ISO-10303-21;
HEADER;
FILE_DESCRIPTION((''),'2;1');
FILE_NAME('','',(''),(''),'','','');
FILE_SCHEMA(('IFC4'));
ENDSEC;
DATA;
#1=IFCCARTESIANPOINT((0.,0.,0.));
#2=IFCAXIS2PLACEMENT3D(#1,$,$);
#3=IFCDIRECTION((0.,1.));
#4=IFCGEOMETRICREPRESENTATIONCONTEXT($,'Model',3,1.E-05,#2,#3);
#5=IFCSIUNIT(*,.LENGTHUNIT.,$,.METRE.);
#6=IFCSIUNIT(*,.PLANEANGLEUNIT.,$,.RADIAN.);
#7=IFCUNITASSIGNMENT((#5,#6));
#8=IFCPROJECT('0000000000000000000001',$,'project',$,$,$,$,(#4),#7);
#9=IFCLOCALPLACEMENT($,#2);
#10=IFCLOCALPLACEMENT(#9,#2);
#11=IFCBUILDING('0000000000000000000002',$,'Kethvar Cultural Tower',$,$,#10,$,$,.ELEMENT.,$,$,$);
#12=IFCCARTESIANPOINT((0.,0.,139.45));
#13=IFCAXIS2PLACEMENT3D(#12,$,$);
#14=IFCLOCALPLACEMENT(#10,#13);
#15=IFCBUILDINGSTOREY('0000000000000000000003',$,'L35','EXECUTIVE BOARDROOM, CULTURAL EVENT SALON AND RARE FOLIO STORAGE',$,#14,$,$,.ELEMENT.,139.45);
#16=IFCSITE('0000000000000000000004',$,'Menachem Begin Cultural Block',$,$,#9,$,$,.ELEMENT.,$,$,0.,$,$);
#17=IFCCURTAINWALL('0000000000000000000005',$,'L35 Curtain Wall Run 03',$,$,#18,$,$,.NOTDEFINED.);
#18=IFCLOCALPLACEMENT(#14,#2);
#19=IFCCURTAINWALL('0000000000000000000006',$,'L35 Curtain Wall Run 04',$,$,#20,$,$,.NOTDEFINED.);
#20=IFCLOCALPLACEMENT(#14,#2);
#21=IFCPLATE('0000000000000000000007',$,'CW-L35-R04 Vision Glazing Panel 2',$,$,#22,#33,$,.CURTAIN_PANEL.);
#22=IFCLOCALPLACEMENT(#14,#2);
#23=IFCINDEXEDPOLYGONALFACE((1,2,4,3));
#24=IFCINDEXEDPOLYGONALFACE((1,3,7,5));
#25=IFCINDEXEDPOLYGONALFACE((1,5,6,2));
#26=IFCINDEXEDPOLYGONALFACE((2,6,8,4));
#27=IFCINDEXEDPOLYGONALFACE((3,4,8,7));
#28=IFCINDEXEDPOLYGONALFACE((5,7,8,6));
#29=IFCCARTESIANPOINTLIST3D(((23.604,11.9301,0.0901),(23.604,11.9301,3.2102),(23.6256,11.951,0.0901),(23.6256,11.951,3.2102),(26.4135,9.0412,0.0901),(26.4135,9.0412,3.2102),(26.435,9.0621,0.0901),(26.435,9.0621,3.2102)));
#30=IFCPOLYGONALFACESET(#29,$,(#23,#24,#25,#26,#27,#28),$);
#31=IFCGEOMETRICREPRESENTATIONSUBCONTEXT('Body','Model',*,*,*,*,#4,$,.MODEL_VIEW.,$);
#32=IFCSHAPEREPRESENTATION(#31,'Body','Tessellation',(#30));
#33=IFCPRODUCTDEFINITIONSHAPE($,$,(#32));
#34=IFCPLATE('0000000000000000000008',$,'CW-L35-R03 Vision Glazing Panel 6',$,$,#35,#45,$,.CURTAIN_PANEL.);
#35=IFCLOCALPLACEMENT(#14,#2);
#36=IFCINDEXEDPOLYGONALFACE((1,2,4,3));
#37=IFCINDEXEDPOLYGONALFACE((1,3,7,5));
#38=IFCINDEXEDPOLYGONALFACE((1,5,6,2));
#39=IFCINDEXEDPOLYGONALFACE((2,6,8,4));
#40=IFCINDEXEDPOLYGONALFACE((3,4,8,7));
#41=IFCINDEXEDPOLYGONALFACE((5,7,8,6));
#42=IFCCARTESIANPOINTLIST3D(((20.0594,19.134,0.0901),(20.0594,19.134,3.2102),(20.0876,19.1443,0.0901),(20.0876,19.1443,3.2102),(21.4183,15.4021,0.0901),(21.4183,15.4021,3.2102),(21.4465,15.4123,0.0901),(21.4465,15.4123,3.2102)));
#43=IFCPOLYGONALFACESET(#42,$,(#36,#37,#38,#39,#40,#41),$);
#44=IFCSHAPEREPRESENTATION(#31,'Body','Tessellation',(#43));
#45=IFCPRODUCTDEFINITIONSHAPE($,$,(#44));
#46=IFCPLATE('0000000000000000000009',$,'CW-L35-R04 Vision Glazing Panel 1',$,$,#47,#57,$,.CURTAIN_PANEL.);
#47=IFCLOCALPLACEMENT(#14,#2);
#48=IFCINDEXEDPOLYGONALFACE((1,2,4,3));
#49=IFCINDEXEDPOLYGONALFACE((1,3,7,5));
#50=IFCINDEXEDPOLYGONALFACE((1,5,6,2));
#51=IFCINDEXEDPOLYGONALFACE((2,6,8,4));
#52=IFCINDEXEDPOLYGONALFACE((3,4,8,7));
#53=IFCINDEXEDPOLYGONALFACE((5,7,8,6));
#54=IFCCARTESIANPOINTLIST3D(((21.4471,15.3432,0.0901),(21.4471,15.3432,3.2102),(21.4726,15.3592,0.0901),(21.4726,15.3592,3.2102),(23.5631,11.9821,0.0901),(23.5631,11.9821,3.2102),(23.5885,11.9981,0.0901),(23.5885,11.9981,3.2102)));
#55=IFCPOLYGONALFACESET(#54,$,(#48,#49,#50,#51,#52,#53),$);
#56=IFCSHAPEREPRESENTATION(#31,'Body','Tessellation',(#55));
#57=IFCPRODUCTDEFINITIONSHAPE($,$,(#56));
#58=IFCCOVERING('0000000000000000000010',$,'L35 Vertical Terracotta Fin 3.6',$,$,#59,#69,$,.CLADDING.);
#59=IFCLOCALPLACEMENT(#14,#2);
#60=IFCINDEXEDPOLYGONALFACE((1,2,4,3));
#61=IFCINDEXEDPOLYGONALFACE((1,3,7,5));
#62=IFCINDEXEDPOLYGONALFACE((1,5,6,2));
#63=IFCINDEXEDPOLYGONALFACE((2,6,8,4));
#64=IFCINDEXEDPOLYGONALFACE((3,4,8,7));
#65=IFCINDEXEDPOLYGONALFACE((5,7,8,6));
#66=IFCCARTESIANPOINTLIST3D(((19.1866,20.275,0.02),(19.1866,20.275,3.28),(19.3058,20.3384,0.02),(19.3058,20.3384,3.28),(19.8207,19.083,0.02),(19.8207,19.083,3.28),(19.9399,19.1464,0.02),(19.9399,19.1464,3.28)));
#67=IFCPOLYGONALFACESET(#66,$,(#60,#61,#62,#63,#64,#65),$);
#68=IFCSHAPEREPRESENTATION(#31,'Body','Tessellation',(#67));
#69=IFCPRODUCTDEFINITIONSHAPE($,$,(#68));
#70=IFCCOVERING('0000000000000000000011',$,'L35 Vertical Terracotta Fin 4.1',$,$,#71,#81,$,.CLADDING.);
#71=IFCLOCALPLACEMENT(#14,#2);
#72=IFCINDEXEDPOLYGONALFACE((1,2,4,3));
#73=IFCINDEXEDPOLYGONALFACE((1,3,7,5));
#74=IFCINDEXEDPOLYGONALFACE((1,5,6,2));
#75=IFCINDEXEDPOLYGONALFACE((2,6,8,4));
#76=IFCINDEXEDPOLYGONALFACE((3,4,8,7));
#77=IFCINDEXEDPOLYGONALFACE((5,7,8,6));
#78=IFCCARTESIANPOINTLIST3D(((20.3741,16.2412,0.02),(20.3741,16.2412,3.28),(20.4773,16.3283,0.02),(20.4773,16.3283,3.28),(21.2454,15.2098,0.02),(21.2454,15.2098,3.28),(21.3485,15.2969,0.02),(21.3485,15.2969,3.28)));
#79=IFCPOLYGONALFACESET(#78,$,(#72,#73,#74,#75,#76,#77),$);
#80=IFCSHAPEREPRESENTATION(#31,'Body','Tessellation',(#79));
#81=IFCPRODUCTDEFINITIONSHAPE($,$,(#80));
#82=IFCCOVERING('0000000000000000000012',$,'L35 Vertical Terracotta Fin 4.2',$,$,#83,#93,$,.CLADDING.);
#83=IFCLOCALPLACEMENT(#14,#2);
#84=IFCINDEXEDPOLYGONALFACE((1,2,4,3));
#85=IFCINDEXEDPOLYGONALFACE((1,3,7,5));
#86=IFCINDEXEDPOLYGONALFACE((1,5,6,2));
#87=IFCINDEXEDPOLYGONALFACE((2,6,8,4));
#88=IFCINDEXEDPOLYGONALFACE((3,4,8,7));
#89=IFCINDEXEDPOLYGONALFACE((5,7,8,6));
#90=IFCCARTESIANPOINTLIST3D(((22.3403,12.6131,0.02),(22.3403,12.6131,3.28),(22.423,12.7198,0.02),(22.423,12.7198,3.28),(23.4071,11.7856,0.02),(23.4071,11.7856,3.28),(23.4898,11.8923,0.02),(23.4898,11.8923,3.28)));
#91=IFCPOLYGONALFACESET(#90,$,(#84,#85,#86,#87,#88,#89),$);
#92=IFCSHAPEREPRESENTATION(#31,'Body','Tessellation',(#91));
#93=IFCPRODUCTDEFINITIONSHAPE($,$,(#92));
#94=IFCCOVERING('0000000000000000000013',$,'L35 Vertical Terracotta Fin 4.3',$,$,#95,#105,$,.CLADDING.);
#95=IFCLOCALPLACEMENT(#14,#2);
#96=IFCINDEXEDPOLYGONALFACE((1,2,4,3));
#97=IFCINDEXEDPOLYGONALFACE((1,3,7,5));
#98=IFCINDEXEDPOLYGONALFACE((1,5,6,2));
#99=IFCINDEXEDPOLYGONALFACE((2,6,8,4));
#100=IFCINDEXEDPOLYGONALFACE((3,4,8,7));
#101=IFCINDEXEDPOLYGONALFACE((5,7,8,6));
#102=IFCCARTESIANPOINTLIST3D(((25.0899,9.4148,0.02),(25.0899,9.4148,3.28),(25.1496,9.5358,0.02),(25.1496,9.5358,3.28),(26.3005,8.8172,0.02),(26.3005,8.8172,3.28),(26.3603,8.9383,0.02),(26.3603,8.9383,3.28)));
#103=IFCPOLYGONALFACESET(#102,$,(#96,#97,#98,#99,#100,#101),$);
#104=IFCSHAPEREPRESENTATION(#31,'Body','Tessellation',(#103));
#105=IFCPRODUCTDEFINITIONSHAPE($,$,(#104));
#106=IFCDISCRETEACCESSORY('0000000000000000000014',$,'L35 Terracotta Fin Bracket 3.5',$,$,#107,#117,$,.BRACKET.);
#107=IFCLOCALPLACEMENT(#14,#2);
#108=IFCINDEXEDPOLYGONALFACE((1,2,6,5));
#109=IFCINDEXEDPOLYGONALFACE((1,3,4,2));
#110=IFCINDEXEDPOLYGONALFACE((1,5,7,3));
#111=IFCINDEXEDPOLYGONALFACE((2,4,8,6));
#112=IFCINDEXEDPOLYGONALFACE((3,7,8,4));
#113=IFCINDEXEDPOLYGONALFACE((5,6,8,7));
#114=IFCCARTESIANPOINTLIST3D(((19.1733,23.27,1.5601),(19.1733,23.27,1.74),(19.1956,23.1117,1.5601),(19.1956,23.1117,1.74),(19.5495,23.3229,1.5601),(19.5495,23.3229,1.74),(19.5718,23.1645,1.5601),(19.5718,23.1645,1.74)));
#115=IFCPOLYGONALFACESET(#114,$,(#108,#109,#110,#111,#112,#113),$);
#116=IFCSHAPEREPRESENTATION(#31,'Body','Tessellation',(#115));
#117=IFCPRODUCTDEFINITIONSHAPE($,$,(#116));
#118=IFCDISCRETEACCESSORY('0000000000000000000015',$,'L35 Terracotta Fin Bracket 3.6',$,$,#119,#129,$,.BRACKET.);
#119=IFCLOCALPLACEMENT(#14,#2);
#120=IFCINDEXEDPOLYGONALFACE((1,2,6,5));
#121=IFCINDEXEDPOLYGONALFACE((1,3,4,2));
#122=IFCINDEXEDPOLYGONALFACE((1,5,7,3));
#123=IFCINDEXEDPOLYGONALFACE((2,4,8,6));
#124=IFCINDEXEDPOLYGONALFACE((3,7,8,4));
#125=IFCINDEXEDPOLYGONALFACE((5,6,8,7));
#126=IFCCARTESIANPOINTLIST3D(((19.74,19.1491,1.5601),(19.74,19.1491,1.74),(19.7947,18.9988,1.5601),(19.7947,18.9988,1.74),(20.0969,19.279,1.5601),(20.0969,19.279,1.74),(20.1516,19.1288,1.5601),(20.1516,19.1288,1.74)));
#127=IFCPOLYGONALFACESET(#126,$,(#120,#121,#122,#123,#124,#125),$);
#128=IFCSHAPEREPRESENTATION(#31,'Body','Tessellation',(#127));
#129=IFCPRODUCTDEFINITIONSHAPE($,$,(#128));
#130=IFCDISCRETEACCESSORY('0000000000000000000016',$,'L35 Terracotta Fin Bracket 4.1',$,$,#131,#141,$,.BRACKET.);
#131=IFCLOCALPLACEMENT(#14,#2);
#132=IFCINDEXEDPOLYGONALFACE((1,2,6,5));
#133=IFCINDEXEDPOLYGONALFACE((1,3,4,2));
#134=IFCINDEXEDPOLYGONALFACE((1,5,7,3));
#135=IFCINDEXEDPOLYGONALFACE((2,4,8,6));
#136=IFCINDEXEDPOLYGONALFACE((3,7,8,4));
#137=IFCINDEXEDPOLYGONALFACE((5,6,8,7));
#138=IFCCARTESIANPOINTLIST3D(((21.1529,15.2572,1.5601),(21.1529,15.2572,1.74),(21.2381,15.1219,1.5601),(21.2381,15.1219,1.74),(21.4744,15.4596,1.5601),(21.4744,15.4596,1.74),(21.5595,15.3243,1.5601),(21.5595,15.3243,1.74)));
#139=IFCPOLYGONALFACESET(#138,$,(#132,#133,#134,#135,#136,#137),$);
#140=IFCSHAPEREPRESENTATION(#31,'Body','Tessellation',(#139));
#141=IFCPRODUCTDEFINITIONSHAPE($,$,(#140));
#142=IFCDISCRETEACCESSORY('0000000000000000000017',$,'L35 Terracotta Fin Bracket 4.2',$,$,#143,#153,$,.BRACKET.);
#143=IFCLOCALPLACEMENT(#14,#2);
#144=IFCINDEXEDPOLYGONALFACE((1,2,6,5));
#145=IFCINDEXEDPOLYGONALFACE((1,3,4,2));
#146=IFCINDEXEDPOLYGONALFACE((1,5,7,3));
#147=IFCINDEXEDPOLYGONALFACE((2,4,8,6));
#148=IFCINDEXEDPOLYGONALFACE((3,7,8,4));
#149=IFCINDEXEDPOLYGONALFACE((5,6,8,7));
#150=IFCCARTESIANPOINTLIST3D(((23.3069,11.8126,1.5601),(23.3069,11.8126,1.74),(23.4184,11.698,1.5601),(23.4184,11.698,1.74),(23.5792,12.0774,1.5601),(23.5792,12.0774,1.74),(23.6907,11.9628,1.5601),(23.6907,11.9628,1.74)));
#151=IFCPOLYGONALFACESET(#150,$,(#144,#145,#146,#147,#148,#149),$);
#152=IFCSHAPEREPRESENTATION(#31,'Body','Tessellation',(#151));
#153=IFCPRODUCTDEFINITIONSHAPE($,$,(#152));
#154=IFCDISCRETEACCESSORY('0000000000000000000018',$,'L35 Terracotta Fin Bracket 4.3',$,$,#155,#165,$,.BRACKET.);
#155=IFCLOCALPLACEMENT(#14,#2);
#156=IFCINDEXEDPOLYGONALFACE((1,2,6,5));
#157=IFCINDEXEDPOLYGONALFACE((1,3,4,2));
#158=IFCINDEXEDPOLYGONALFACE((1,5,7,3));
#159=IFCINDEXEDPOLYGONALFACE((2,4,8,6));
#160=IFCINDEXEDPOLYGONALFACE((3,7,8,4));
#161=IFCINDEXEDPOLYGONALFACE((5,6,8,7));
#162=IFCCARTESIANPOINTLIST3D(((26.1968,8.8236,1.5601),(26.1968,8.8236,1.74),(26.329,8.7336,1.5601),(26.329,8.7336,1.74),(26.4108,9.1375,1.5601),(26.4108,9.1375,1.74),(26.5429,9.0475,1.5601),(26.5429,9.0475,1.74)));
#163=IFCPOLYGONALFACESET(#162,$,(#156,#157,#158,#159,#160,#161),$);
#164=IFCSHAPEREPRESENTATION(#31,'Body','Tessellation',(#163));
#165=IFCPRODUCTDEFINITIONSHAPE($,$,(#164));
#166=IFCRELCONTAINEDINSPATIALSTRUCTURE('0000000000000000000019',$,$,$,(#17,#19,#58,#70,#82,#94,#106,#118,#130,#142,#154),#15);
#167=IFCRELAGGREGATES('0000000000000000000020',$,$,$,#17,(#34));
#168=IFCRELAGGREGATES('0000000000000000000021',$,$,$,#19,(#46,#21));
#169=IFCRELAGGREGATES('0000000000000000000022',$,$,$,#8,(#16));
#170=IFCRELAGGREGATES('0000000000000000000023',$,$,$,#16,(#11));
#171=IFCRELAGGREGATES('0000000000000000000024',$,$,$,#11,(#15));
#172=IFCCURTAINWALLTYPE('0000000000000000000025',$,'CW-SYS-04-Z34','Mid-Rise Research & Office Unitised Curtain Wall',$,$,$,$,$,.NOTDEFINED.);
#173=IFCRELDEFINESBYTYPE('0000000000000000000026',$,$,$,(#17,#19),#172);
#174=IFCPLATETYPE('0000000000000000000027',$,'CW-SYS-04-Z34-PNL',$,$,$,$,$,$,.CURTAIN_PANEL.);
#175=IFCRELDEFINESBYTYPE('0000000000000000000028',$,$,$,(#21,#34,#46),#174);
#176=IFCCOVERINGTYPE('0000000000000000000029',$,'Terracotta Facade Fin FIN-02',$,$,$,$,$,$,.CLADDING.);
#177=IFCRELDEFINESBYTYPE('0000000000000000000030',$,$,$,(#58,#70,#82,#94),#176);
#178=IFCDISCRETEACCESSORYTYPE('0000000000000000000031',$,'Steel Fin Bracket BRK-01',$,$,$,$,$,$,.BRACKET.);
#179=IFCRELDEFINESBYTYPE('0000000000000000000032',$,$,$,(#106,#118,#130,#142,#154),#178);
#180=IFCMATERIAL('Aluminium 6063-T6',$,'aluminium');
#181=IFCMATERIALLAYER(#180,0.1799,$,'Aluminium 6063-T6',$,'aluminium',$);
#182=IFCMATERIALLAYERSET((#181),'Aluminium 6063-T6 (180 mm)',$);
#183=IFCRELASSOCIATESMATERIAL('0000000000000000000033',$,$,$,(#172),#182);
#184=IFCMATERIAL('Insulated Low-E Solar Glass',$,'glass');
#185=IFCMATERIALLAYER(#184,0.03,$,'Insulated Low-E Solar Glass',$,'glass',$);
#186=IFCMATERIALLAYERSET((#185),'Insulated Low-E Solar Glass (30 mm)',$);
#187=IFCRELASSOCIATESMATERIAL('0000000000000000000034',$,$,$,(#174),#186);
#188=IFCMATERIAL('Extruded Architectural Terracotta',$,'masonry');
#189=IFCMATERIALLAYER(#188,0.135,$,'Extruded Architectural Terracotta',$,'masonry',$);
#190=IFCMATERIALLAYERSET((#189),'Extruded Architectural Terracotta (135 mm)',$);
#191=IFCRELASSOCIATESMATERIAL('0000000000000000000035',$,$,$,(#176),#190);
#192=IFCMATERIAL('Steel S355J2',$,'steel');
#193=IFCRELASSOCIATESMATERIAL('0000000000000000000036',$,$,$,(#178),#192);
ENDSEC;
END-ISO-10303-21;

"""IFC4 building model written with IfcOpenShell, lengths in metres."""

from ifc_helpers import new_model, si_unit, direction, frame, origin, origin_2d, place, context, subcontext, project, spatial, rectangle, extrude, source, transform, mapped, material, layer, layer_set, type_object, element, aggregate, save


model = new_model("IFC4")

# Units and contexts
model_context = context("Model", 3, precision=1e-05, world=origin(), true_north=direction((0.0, 1.0)))
body_context = subcontext(model_context, "Body", "Model", "MODEL_VIEW")
ifc_project = project(units=[si_unit("LENGTHUNIT", "METRE"), si_unit("PLANEANGLEUNIT", "RADIAN")], contexts=[model_context])

# Site, building, storey
site_placement = place(None, origin())
site = spatial("IfcSite", under=ifc_project, at=site_placement, Name="Menachem Begin Cultural Block", CompositionType="ELEMENT", RefElevation=0.0)
building_placement = place(site_placement, origin())
building = spatial("IfcBuilding", under=site, at=building_placement, Name="Kethvar Cultural Tower", CompositionType="ELEMENT")
storey_placement = place(building_placement, frame((0.0, 0.0, 139.45)))
storey = spatial("IfcBuildingStorey", under=building, at=storey_placement, Name="L35", Description="EXECUTIVE BOARDROOM, CULTURAL EVENT SALON AND RARE FOLIO STORAGE", CompositionType="ELEMENT", Elevation=139.45)

# Shared definitions
ifc_material_1 = material(Name="Steel S355J2", Category="steel")

# Curtain walls
ifc_material_2 = material(Name="Aluminium 6063-T6", Category="aluminium")
ifc_layer_1 = layer(ifc_material_2, 0.1799, Name="Aluminium 6063-T6", Category="aluminium")
ifc_layer_set_1 = layer_set([ifc_layer_1], Name="Aluminium 6063-T6 (180 mm)")
curtain_wall_type = type_object("IfcCurtainWallType", Name="CW-SYS-04-Z34", Description="Mid-Rise Research & Office Unitised Curtain Wall", PredefinedType="NOTDEFINED", material=ifc_layer_set_1)
curtain_wall_1_placement = place(storey_placement, origin())
curtain_wall_1 = element("IfcCurtainWall", 1, at=curtain_wall_1_placement, inside=storey, type_object=curtain_wall_type, Name="L35 Curtain Wall Run 03", PredefinedType="NOTDEFINED")
curtain_wall_2_placement = place(storey_placement, origin())
curtain_wall_2 = element("IfcCurtainWall", 2, at=curtain_wall_2_placement, inside=storey, type_object=curtain_wall_type, Name="L35 Curtain Wall Run 04", PredefinedType="NOTDEFINED")

# Plates
ifc_material_3 = material(Name="Insulated Low-E Solar Glass", Category="glass")
ifc_layer_2 = layer(ifc_material_3, 0.03, Name="Insulated Low-E Solar Glass", Category="glass")
ifc_layer_set_2 = layer_set([ifc_layer_2], Name="Insulated Low-E Solar Glass (30 mm)")
plate_type = type_object("IfcPlateType", Name="CW-SYS-04-Z34-PNL", PredefinedType="CURTAIN_PANEL", material=ifc_layer_set_2)
shared_shape_1 = source(origin(), body_context, "Body", "SweptSolid", [
    extrude(rectangle(XDim=4.0298, YDim=0.03, at=origin_2d()), origin(), (0.0, 0.0, 1.0), 3.1201),
])
plate_1_placement = place(storey_placement, frame((25.0195, 10.4961, 0.0901), z_axis=(0.0, 0.0, 1.0), x_axis=(0.697178, -0.716898, 0.0)))
plate_1 = element("IfcPlate", 3, at=plate_1_placement, type_object=plate_type, Name="CW-L35-R04 Vision Glazing Panel 2", PredefinedType="CURTAIN_PANEL", context=body_context, shape_type="MappedRepresentation", body=[
    mapped(shared_shape_1, transform((0.0, 0.0, 0.0), scale=1.0)),
])
shared_shape_2 = source(origin(), body_context, "Body", "SweptSolid", [
    extrude(rectangle(XDim=3.9717, YDim=0.03, at=origin_2d()), origin(), (0.0, 0.0, 1.0), 3.1201),
])
plate_2_placement = place(storey_placement, frame((20.7529, 17.2732, 0.0901), z_axis=(0.0, 0.0, 1.0), x_axis=(0.342151, -0.939645, 0.0)))
plate_2 = element("IfcPlate", 4, at=plate_2_placement, type_object=plate_type, Name="CW-L35-R03 Vision Glazing Panel 6", PredefinedType="CURTAIN_PANEL", context=body_context, shape_type="MappedRepresentation", body=[
    mapped(shared_shape_2, transform((0.0, 0.0, 0.0), scale=1.0)),
])
aggregate(curtain_wall_1, [plate_2])
plate_3_placement = place(storey_placement, frame((22.5178, 13.6707, 0.0901), z_axis=(0.0, 0.0, 1.0), x_axis=(0.532758, -0.846268, 0.0)))
plate_3 = element("IfcPlate", 5, at=plate_3_placement, type_object=plate_type, Name="CW-L35-R04 Vision Glazing Panel 1", PredefinedType="CURTAIN_PANEL", context=body_context, shape_type="MappedRepresentation", body=[
    mapped(shared_shape_2, transform((0.0, 0.0, 0.0), scale=1.0)),
])
aggregate(curtain_wall_2, [plate_3, plate_1])

# Coverings
ifc_material_4 = material(Name="Extruded Architectural Terracotta", Category="masonry")
ifc_layer_3 = layer(ifc_material_4, 0.135, Name="Extruded Architectural Terracotta", Category="masonry")
ifc_layer_set_3 = layer_set([ifc_layer_3], Name="Extruded Architectural Terracotta (135 mm)")
covering_type = type_object("IfcCoveringType", Name="Terracotta Facade Fin FIN-02", PredefinedType="CLADDING", material=ifc_layer_set_3)
shared_shape_3 = source(origin(), body_context, "Body", "SweptSolid", [
    extrude(rectangle(XDim=1.3501, YDim=0.135, at=origin_2d()), origin(), (0.0, 0.0, 1.0), 3.26),
])
for number, where, z_axis, x_axis, name in (
    (6, (19.5632, 19.7107, 0.02), (0.0, 0.0, 1.0), (-0.469626, 0.882866, 0.0), "L35 Vertical Terracotta Fin 3.6"),
    (7, (20.8613, 15.769, 0.02), (0.0, 0.0, 1.0), (-0.645324, 0.763909, 0.0), "L35 Vertical Terracotta Fin 4.1"),
    (8, (22.915, 12.2527, 0.02), (0.0, 0.0, 1.0), (-0.790155, 0.612907, 0.0), "L35 Vertical Terracotta Fin 4.2"),
    (9, (25.7251, 9.1765, 0.02), (0.0, 0.0, 1.0), (-0.896718, 0.442602, 0.0), "L35 Vertical Terracotta Fin 4.3"),
):
    element("IfcCovering", number, at=place(storey_placement, frame(where, z_axis=z_axis, x_axis=x_axis)), inside=storey, type_object=covering_type, Name=name, PredefinedType="CLADDING", context=body_context, shape_type="MappedRepresentation", body=[
        mapped(shared_shape_3, transform((0.0, 0.0, 0.0), scale=1.0)),
    ])

# Discrete accessories
discrete_accessory_type = type_object("IfcDiscreteAccessoryType", Name="Steel Fin Bracket BRK-01", PredefinedType="BRACKET", material=ifc_material_1)
shared_shape_4 = source(origin(), body_context, "Body", "SweptSolid", [
    extrude(rectangle(XDim=0.3799, YDim=0.1599, at=origin_2d()), origin(), (0.0, 0.0, 1.0), 0.1799),
])
for number, where, z_axis, x_axis, name in (
    (10, (19.3726, 23.2173, 1.5601), (0.0, 0.0, 1.0), (-0.990268, -0.139173, 0.0), "L35 Terracotta Fin Bracket 3.5"),
    (11, (19.9458, 19.1389, 1.5601), (0.0, 0.0, 1.0), (-0.939633, -0.342184, 0.0), "L35 Terracotta Fin Bracket 3.6"),
    (12, (21.3562, 15.2908, 1.5601), (0.0, 0.0, 1.0), (-0.846286, -0.532729, 0.0), "L35 Terracotta Fin Bracket 4.1"),
    (13, (23.4988, 11.8877, 1.5601), (0.0, 0.0, 1.0), (-0.716911, -0.697165, 0.0), "L35 Terracotta Fin Bracket 4.2"),
    (14, (26.3699, 8.9355, 1.5601), (0.0, 0.0, 1.0), (-0.563093, -0.826393, 0.0), "L35 Terracotta Fin Bracket 4.3"),
):
    element("IfcDiscreteAccessory", number, at=place(storey_placement, frame(where, z_axis=z_axis, x_axis=x_axis)), inside=storey, type_object=discrete_accessory_type, Name=name, PredefinedType="BRACKET", context=body_context, shape_type="MappedRepresentation", body=[
        mapped(shared_shape_4, transform((0.0, 0.0, 0.0), scale=1.0)),
    ])

save(model, "model.ifc")
